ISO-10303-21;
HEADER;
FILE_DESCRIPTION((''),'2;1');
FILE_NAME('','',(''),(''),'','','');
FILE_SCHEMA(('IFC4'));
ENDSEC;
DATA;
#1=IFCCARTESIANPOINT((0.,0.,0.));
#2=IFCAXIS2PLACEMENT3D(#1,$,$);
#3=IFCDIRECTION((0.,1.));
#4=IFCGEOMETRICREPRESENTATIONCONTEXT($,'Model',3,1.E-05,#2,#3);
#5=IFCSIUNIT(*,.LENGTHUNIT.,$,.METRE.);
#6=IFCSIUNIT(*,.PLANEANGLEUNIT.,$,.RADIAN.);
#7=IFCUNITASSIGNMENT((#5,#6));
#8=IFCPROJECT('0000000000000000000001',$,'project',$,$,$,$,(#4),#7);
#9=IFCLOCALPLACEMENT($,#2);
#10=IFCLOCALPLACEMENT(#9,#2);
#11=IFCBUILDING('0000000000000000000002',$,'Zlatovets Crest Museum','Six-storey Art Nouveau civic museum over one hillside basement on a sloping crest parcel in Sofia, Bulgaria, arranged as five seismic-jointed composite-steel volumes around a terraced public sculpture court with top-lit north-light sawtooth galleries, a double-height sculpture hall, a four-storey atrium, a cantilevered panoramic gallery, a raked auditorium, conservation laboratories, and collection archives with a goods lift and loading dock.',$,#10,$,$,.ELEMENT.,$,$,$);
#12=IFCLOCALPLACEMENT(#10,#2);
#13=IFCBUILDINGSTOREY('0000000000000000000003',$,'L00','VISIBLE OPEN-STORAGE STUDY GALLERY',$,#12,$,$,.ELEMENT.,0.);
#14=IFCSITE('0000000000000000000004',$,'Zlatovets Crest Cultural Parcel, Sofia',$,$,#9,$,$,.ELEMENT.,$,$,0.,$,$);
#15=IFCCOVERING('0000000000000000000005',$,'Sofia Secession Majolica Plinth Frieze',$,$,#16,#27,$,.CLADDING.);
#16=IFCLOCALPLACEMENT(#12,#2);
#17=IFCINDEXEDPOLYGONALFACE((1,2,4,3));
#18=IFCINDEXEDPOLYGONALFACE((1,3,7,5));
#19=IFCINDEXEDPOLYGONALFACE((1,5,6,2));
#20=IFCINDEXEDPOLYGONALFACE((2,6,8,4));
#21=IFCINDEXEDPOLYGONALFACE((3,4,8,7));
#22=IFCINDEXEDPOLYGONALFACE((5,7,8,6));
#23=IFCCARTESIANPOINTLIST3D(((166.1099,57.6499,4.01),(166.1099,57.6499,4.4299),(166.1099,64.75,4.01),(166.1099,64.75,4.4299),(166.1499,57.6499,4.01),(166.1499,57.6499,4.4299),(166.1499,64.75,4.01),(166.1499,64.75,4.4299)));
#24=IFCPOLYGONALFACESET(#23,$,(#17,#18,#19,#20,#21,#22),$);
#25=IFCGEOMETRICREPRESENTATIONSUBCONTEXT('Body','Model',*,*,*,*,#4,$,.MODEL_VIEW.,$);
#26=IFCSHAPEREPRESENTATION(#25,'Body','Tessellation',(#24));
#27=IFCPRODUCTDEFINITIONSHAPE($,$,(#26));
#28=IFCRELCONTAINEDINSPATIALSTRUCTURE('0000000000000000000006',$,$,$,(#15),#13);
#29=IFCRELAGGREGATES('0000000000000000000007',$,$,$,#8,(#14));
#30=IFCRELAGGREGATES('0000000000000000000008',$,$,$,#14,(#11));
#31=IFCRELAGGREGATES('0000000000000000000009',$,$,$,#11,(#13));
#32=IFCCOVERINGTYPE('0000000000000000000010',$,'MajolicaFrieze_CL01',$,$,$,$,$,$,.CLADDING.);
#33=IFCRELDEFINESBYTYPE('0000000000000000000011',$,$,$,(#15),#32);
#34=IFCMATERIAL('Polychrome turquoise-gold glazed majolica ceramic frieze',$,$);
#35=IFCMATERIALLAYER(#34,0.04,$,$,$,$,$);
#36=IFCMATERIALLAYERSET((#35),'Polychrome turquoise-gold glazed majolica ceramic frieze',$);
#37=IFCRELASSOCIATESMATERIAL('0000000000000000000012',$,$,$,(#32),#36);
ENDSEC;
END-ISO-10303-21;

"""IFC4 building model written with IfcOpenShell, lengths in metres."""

from ifc_helpers import new_model, si_unit, direction, frame, origin, origin_2d, place, context, subcontext, project, spatial, rectangle, extrude, material, layer, layer_set, type_object, element, save


model = new_model("IFC4")

# Units and contexts
model_context = context("Model", 3, precision=1e-05, world=origin(), true_north=direction((0.0, 1.0)))
body_context = subcontext(model_context, "Body", "Model", "MODEL_VIEW")
ifc_project = project(units=[si_unit("LENGTHUNIT", "METRE"), si_unit("PLANEANGLEUNIT", "RADIAN")], contexts=[model_context])

# Site, building, storey
site_placement = place(None, origin())
site = spatial("IfcSite", under=ifc_project, at=site_placement, Name="Zlatovets Crest Cultural Parcel, Sofia", CompositionType="ELEMENT", RefElevation=0.0)
building_placement = place(site_placement, origin())
building = spatial("IfcBuilding", under=site, at=building_placement, Name="Zlatovets Crest Museum", Description="Six-storey Art Nouveau civic museum over one hillside basement on a sloping crest parcel in Sofia, Bulgaria, arranged as five seismic-jointed composite-steel volumes around a terraced public sculpture court with top-lit north-light sawtooth galleries, a double-height sculpture hall, a four-storey atrium, a cantilevered panoramic gallery, a raked auditorium, conservation laboratories, and collection archives with a goods lift and loading dock.", CompositionType="ELEMENT")
storey_placement = place(building_placement, origin())
storey = spatial("IfcBuildingStorey", under=building, at=storey_placement, Name="L00", Description="VISIBLE OPEN-STORAGE STUDY GALLERY", CompositionType="ELEMENT", Elevation=0.0)

# Covering
ifc_material_1 = material(Name="Polychrome turquoise-gold glazed majolica ceramic frieze")
ifc_layer_1 = layer(ifc_material_1, 0.04)
ifc_layer_set_1 = layer_set([ifc_layer_1], Name="Polychrome turquoise-gold glazed majolica ceramic frieze")
covering_type = type_object("IfcCoveringType", Name="MajolicaFrieze_CL01", PredefinedType="CLADDING", material=ifc_layer_set_1)
for number, where, z_axis, x_axis, name in (
    (1, (166.1299, 61.2, 4.01), (0.0, 0.0, 1.0), (0.0, 1.0, 0.0), "Sofia Secession Majolica Plinth Frieze"),
):
    element("IfcCovering", number, at=place(storey_placement, frame(where, z_axis=z_axis, x_axis=x_axis)), inside=storey, type_object=covering_type, Name=name, PredefinedType="CLADDING", context=body_context, shape_type="SweptSolid", body=[
        extrude(rectangle(XDim=7.1001, YDim=0.04, at=origin_2d()), origin(), (0.0, 0.0, 1.0), 0.4199),
    ])

save(model, "model.ifc")
